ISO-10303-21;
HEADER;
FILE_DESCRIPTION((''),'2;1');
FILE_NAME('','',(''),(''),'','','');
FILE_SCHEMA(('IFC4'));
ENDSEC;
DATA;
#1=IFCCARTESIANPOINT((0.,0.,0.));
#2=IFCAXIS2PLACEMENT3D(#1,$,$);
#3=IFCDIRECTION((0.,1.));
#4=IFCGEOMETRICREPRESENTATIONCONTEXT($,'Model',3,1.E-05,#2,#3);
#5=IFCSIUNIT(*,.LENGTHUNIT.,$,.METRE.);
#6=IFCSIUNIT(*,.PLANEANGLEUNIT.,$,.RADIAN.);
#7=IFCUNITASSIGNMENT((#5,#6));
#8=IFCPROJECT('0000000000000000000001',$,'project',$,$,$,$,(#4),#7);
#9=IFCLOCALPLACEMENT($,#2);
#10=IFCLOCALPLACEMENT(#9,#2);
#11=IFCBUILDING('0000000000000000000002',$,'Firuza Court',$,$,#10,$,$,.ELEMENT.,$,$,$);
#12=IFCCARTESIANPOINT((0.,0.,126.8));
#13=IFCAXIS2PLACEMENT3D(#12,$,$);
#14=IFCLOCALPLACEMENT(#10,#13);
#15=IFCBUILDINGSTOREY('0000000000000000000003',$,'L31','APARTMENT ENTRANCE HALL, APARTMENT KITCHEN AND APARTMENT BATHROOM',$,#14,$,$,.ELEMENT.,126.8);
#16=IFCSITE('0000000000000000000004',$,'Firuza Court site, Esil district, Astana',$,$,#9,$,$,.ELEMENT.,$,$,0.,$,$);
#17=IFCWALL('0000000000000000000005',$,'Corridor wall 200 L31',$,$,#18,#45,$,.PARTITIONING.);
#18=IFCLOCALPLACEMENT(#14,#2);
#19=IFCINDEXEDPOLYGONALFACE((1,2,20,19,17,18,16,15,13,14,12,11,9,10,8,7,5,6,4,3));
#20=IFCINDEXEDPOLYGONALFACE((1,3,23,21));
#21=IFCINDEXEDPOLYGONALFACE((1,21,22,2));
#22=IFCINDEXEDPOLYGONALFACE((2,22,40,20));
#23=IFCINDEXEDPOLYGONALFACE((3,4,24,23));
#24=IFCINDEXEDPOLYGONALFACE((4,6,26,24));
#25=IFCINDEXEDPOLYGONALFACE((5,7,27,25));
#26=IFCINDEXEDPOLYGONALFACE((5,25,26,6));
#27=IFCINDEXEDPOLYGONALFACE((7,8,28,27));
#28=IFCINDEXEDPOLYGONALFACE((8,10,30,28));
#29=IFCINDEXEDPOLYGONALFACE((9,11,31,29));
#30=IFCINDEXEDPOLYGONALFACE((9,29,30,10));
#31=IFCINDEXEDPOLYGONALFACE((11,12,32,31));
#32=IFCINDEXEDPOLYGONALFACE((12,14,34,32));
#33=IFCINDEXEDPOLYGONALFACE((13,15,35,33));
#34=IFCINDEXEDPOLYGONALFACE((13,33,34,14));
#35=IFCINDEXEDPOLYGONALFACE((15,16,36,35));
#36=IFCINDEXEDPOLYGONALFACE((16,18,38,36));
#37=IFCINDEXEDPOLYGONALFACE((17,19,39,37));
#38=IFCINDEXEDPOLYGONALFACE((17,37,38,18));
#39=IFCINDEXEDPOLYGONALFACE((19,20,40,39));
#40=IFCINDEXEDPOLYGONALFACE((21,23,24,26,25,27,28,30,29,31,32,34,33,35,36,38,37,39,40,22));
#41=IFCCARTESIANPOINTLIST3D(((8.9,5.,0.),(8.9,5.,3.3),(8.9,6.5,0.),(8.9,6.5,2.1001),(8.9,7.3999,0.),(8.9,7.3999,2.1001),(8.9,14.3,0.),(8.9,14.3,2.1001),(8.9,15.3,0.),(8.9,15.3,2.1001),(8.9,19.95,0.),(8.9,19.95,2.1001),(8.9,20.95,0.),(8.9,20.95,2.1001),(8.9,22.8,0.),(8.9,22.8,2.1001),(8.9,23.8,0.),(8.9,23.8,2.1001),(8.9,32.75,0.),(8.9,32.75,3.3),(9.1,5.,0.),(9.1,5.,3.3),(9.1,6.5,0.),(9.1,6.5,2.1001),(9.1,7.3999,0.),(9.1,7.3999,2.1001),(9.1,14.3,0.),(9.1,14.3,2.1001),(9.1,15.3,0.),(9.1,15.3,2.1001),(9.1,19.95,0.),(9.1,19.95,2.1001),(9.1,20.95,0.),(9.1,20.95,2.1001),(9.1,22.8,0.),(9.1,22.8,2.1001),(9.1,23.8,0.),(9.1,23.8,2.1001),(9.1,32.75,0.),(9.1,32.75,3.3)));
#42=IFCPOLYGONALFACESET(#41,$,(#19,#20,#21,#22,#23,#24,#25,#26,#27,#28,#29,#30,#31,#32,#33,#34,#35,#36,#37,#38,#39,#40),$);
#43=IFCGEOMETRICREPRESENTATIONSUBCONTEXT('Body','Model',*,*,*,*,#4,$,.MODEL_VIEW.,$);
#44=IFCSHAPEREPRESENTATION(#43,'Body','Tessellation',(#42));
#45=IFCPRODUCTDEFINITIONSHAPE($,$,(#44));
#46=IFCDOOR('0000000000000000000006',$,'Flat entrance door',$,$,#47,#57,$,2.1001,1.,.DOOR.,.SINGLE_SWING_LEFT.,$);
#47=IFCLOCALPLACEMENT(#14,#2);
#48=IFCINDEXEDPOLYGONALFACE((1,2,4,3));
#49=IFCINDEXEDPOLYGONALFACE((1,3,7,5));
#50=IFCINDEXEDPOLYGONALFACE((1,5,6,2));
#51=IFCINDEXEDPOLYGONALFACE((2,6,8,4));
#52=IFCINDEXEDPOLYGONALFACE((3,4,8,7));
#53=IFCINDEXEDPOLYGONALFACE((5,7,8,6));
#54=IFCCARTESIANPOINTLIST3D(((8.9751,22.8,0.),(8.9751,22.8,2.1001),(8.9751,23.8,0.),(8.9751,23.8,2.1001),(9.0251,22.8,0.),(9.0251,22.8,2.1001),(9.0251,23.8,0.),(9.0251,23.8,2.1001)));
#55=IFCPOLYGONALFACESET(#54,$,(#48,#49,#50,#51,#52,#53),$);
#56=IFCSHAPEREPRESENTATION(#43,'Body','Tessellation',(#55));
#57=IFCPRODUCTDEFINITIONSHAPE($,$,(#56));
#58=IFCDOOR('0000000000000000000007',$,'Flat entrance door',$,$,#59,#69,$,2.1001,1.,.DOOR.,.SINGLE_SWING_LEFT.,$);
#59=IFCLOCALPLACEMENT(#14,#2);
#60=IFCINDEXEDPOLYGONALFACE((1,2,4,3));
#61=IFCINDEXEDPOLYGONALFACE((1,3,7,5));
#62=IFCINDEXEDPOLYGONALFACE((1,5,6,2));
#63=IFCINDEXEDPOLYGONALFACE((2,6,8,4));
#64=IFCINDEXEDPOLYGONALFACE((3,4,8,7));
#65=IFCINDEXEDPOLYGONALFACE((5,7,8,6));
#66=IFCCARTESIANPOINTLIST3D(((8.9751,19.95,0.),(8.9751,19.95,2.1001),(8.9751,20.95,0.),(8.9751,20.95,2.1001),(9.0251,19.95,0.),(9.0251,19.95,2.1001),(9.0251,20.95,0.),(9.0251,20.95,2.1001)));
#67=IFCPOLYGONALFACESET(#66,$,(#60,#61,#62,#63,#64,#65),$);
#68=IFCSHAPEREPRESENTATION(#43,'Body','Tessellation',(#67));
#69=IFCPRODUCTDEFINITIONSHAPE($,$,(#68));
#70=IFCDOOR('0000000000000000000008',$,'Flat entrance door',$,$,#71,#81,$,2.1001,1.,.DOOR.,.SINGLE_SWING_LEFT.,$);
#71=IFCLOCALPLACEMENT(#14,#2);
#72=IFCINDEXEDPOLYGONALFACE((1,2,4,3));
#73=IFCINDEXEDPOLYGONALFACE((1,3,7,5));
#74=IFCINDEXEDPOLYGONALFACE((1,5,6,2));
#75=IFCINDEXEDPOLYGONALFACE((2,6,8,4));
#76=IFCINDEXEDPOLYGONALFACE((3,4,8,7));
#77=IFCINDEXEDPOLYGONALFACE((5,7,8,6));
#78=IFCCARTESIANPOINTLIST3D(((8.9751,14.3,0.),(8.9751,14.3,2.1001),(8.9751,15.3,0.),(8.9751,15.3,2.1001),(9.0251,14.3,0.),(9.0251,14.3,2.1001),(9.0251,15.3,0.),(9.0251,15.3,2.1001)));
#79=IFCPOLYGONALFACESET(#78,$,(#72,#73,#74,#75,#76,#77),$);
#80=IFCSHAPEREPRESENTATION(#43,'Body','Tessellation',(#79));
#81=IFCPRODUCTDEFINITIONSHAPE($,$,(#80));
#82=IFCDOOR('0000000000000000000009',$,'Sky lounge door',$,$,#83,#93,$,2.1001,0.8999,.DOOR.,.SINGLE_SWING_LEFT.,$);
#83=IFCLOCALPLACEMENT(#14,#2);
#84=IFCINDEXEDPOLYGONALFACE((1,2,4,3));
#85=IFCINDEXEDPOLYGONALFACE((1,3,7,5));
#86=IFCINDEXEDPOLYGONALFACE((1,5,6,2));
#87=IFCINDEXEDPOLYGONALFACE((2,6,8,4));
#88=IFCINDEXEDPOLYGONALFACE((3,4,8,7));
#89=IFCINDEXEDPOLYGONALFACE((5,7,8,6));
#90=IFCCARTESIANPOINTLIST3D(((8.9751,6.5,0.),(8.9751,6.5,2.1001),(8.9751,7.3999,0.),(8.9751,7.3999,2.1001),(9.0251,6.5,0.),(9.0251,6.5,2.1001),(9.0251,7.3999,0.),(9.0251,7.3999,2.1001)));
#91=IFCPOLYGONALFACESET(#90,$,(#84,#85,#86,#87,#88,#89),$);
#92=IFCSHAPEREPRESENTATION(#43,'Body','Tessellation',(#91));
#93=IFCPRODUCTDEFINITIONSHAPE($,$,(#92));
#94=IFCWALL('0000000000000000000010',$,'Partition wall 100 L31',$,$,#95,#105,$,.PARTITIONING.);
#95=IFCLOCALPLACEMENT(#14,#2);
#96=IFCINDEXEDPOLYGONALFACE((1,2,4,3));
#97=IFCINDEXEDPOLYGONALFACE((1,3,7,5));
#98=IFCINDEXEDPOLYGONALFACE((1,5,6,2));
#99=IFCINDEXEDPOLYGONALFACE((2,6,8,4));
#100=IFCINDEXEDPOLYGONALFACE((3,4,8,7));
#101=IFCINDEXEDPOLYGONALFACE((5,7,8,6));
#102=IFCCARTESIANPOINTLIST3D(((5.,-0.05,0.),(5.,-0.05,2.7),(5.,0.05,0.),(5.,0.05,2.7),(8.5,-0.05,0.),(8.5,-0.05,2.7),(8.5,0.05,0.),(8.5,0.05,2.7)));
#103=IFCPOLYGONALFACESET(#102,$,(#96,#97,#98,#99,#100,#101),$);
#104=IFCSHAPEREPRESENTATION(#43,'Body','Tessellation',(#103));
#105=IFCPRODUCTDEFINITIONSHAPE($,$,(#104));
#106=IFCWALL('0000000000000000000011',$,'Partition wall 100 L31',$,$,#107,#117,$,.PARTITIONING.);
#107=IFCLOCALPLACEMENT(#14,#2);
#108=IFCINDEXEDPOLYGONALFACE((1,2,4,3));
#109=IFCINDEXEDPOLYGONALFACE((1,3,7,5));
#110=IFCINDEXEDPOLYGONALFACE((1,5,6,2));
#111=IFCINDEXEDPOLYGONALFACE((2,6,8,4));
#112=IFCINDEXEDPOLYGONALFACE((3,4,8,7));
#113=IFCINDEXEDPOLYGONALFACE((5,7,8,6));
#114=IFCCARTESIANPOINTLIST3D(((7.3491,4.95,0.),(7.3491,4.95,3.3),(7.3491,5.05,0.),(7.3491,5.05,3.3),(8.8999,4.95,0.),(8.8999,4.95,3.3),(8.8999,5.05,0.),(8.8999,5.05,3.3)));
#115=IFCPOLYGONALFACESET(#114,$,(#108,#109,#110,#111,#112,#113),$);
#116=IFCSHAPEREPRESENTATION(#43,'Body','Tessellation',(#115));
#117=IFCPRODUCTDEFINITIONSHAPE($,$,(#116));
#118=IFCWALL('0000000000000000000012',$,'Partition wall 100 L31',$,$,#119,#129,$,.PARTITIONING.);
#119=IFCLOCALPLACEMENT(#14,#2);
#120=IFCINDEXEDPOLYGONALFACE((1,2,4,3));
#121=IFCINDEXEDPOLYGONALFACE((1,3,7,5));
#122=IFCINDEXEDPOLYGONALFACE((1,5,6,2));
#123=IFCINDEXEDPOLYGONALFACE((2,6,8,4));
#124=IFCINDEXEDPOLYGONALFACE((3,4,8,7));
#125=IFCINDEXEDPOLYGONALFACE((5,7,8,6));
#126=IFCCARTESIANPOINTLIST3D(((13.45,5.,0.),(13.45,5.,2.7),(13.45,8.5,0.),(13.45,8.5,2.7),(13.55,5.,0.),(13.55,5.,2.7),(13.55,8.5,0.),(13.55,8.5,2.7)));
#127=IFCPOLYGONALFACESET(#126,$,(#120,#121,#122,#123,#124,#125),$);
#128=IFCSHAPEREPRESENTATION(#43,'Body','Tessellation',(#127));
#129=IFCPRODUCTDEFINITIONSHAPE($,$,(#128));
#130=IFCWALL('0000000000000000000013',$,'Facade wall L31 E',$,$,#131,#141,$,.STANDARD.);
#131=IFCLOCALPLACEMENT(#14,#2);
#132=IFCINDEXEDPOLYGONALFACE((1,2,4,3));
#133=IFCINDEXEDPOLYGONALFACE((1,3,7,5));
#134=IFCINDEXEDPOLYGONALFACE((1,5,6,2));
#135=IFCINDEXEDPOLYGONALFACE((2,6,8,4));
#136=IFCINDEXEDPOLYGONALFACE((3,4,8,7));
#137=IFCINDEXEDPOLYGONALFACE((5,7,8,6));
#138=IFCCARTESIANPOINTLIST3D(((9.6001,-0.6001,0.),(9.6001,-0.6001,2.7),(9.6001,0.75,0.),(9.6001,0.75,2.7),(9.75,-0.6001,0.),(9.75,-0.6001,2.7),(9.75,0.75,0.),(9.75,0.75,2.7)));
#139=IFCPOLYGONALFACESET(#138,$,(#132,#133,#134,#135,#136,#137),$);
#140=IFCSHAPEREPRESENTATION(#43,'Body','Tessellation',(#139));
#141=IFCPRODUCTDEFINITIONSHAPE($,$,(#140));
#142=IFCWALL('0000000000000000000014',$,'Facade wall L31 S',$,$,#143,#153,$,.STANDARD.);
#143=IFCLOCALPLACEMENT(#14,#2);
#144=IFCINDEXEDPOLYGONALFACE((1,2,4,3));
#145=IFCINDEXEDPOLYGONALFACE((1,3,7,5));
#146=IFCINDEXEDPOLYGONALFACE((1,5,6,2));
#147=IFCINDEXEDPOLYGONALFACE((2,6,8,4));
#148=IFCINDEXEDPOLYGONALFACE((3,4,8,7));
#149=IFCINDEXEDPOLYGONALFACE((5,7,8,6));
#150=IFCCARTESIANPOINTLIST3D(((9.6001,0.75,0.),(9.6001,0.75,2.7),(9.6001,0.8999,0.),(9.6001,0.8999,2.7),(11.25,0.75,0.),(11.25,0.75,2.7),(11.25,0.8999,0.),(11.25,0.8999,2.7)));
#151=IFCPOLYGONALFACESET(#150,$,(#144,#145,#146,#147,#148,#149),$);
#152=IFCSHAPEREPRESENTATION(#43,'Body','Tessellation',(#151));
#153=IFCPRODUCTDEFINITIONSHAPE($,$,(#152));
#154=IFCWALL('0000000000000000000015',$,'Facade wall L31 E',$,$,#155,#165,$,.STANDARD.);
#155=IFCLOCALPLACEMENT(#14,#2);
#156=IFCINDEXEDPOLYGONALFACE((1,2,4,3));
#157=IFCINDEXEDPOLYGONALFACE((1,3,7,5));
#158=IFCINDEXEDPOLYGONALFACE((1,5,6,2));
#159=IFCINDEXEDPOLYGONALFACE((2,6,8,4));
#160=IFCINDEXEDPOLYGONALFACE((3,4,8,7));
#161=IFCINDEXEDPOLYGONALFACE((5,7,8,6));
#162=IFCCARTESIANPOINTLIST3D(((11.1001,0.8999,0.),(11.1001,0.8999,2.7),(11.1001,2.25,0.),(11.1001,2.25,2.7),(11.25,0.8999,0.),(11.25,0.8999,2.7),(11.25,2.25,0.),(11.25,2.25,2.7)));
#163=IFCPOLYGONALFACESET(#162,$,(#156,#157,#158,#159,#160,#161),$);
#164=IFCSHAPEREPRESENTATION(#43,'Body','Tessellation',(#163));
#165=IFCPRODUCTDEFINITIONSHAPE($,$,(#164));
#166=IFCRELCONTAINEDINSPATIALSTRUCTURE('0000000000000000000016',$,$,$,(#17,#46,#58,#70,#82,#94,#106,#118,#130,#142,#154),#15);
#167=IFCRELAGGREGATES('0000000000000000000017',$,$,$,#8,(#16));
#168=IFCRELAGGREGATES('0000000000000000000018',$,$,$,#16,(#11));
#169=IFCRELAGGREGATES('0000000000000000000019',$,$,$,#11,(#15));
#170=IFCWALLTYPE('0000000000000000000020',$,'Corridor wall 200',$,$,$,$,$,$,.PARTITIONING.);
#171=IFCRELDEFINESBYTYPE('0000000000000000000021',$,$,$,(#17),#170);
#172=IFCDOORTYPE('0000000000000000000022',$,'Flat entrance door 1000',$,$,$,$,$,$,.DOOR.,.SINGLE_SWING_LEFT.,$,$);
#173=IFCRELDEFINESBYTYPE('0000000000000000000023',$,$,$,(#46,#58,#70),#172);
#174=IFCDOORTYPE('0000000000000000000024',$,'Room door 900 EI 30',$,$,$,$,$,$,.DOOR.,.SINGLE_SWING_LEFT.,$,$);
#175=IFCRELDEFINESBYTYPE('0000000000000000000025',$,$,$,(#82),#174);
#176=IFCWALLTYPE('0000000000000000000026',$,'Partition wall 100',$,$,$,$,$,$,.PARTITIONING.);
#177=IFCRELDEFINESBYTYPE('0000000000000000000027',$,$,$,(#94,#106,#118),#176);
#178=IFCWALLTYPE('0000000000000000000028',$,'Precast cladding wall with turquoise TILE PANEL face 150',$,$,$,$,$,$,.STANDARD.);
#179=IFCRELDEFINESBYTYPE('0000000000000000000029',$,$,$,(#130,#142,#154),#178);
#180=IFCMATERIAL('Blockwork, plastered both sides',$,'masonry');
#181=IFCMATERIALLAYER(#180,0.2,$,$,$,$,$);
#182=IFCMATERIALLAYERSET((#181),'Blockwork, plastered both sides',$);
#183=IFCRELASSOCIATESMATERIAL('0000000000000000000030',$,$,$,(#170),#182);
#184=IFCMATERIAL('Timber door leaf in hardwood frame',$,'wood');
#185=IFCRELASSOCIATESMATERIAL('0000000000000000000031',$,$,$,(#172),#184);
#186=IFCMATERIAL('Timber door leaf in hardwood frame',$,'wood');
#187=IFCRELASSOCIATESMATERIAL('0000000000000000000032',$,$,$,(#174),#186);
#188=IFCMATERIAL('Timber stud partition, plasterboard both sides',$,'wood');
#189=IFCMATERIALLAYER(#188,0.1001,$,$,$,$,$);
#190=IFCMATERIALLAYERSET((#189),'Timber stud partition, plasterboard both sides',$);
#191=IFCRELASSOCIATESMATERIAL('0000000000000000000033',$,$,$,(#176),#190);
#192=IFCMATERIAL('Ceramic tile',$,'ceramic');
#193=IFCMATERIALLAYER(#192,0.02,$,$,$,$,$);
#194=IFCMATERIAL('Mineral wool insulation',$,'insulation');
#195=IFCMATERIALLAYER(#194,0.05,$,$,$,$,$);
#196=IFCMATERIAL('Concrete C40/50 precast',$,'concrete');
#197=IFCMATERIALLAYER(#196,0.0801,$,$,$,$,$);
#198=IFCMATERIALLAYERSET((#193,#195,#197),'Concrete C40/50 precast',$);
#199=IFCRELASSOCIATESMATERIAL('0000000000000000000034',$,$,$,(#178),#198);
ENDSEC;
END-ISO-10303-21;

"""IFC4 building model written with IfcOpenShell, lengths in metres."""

from ifc_helpers import new_model, si_unit, direction, frame, frame_2d, origin, place, context, subcontext, project, spatial, rectangle, extrude, material, layer, layer_set, type_object, element, fill, save


model = new_model("IFC4")

# Units and contexts
model_context = context("Model", 3, precision=1e-05, world=origin(), true_north=direction((0.0, 1.0)))
body_context = subcontext(model_context, "Body", "Model", "MODEL_VIEW")
ifc_project = project(units=[si_unit("LENGTHUNIT", "METRE"), si_unit("PLANEANGLEUNIT", "RADIAN")], contexts=[model_context])

# Site, building, storey
site_placement = place(None, origin())
site = spatial("IfcSite", under=ifc_project, at=site_placement, Name="Firuza Court site, Esil district, Astana", CompositionType="ELEMENT", RefElevation=0.0)
building_placement = place(site_placement, origin())
building = spatial("IfcBuilding", under=site, at=building_placement, Name="Firuza Court", CompositionType="ELEMENT")
storey_placement = place(building_placement, frame((0.0, 0.0, 126.8)))
storey = spatial("IfcBuildingStorey", under=building, at=storey_placement, Name="L31", Description="APARTMENT ENTRANCE HALL, APARTMENT KITCHEN AND APARTMENT BATHROOM", CompositionType="ELEMENT", Elevation=126.8)

# Wall, openings, doors
ifc_material_1 = material(Name="Blockwork, plastered both sides", Category="masonry")
ifc_layer_1 = layer(ifc_material_1, 0.2)
ifc_layer_set_1 = layer_set([ifc_layer_1], Name="Blockwork, plastered both sides")
wall_type_1 = type_object("IfcWallType", Name="Corridor wall 200", PredefinedType="PARTITIONING", material=ifc_layer_set_1)
wall_1_placement = place(storey_placement, frame((9.0, 5.0, 0.0), z_axis=(0.0, 0.0, 1.0), x_axis=(0.0, 1.0, 0.0)))
wall_1 = element("IfcWall", 1, at=wall_1_placement, inside=storey, type_object=wall_type_1, Name="Corridor wall 200 L31", PredefinedType="PARTITIONING", context=body_context, shape_type="SweptSolid", body=[
    extrude(rectangle(XDim=27.75, YDim=0.2, at=frame_2d((13.875, 0.0))), origin(), (0.0, 0.0, 1.0), 3.3),
])
opening_1_placement = place(wall_1_placement, frame((17.8, 0.0, 0.0)))
opening_1 = element("IfcOpeningElement", 2, at=opening_1_placement, cuts=wall_1, PredefinedType="OPENING", context=body_context, shape_type="SweptSolid", body=[
    extrude(rectangle(XDim=1.0, YDim=2.1001, at=frame_2d((0.5, 1.05))), frame((0.0, 0.1118, 0.0), z_axis=(0.0, -1.0, 0.0), x_axis=(1.0, 0.0, 0.0)), (0.0, 0.0, 1.0), 0.2239),
])
opening_2_placement = place(wall_1_placement, frame((14.95, 0.0, 0.0)))
opening_2 = element("IfcOpeningElement", 3, at=opening_2_placement, cuts=wall_1, PredefinedType="OPENING", context=body_context, shape_type="SweptSolid", body=[
    extrude(rectangle(XDim=1.0, YDim=2.1001, at=frame_2d((0.5, 1.05))), frame((0.0, 0.1118, 0.0), z_axis=(0.0, -1.0, 0.0), x_axis=(1.0, 0.0, 0.0)), (0.0, 0.0, 1.0), 0.2239),
])
opening_3_placement = place(wall_1_placement, frame((9.3, 0.0, 0.0)))
opening_3 = element("IfcOpeningElement", 4, at=opening_3_placement, cuts=wall_1, PredefinedType="OPENING", context=body_context, shape_type="SweptSolid", body=[
    extrude(rectangle(XDim=1.0, YDim=2.1001, at=frame_2d((0.5, 1.05))), frame((0.0, 0.1118, 0.0), z_axis=(0.0, -1.0, 0.0), x_axis=(1.0, 0.0, 0.0)), (0.0, 0.0, 1.0), 0.2239),
])
opening_4_placement = place(wall_1_placement, frame((1.5, 0.0, 0.0)))
opening_4 = element("IfcOpeningElement", 5, at=opening_4_placement, cuts=wall_1, PredefinedType="OPENING", context=body_context, shape_type="SweptSolid", body=[
    extrude(rectangle(XDim=0.8999, YDim=2.1001, at=frame_2d((0.45, 1.05))), frame((0.0, 0.1118, 0.0), z_axis=(0.0, -1.0, 0.0), x_axis=(1.0, 0.0, 0.0)), (0.0, 0.0, 1.0), 0.2239),
])
ifc_material_2 = material(Name="Timber door leaf in hardwood frame", Category="wood")
door_type_1 = type_object("IfcDoorType", Name="Flat entrance door 1000", OperationType="SINGLE_SWING_LEFT", PredefinedType="DOOR", material=ifc_material_2)
door_1_placement = place(opening_1_placement, origin())
door_1 = element("IfcDoor", 6, at=door_1_placement, inside=storey, type_object=door_type_1, Name="Flat entrance door", OperationType="SINGLE_SWING_LEFT", OverallHeight=2.1001, OverallWidth=1.0, PredefinedType="DOOR", context=body_context, shape_type="SweptSolid", body=[
    extrude(rectangle(XDim=1.0, YDim=2.1001, at=frame_2d((0.5, 1.05))), frame((0.0, 0.0249, 0.0), z_axis=(0.0, -1.0, 0.0), x_axis=(1.0, 0.0, 0.0)), (0.0, 0.0, 1.0), 0.05),
])
fill(opening_1, door_1)
door_2_placement = place(opening_2_placement, origin())
door_2 = element("IfcDoor", 7, at=door_2_placement, inside=storey, type_object=door_type_1, Name="Flat entrance door", OperationType="SINGLE_SWING_LEFT", OverallHeight=2.1001, OverallWidth=1.0, PredefinedType="DOOR", context=body_context, shape_type="SweptSolid", body=[
    extrude(rectangle(XDim=1.0, YDim=2.1001, at=frame_2d((0.5, 1.05))), frame((0.0, 0.0249, 0.0), z_axis=(0.0, -1.0, 0.0), x_axis=(1.0, 0.0, 0.0)), (0.0, 0.0, 1.0), 0.05),
])
fill(opening_2, door_2)
door_3_placement = place(opening_3_placement, origin())
door_3 = element("IfcDoor", 8, at=door_3_placement, inside=storey, type_object=door_type_1, Name="Flat entrance door", OperationType="SINGLE_SWING_LEFT", OverallHeight=2.1001, OverallWidth=1.0, PredefinedType="DOOR", context=body_context, shape_type="SweptSolid", body=[
    extrude(rectangle(XDim=1.0, YDim=2.1001, at=frame_2d((0.5, 1.05))), frame((0.0, 0.0249, 0.0), z_axis=(0.0, -1.0, 0.0), x_axis=(1.0, 0.0, 0.0)), (0.0, 0.0, 1.0), 0.05),
])
fill(opening_3, door_3)
ifc_material_3 = material(Name="Timber door leaf in hardwood frame", Category="wood")
door_type_2 = type_object("IfcDoorType", Name="Room door 900 EI 30", OperationType="SINGLE_SWING_LEFT", PredefinedType="DOOR", material=ifc_material_3)
door_4_placement = place(opening_4_placement, origin())
door_4 = element("IfcDoor", 9, at=door_4_placement, inside=storey, type_object=door_type_2, Name="Sky lounge door", OperationType="SINGLE_SWING_LEFT", OverallHeight=2.1001, OverallWidth=0.8999, PredefinedType="DOOR", context=body_context, shape_type="SweptSolid", body=[
    extrude(rectangle(XDim=0.8999, YDim=2.1001, at=frame_2d((0.45, 1.05))), frame((0.0, 0.0249, 0.0), z_axis=(0.0, -1.0, 0.0), x_axis=(1.0, 0.0, 0.0)), (0.0, 0.0, 1.0), 0.05),
])
fill(opening_4, door_4)

# Walls
ifc_material_4 = material(Name="Timber stud partition, plasterboard both sides", Category="wood")
ifc_layer_2 = layer(ifc_material_4, 0.1001)
ifc_layer_set_2 = layer_set([ifc_layer_2], Name="Timber stud partition, plasterboard both sides")
wall_type_2 = type_object("IfcWallType", Name="Partition wall 100", PredefinedType="PARTITIONING", material=ifc_layer_set_2)
wall_2_placement = place(storey_placement, frame((5.0, 0.0, 0.0), z_axis=(0.0, 0.0, 1.0), x_axis=(1.0, 0.0, 0.0)))
element("IfcWall", 10, at=wall_2_placement, inside=storey, type_object=wall_type_2, Name="Partition wall 100 L31", PredefinedType="PARTITIONING", context=body_context, shape_type="SweptSolid", body=[
    extrude(rectangle(XDim=3.5, YDim=0.1001, at=frame_2d((1.75, 0.0))), origin(), (0.0, 0.0, 1.0), 2.7),
])
wall_3_placement = place(storey_placement, frame((7.3491, 5.0, 0.0), z_axis=(0.0, 0.0, 1.0), x_axis=(1.0, 0.0, 0.0)))
element("IfcWall", 11, at=wall_3_placement, inside=storey, type_object=wall_type_2, Name="Partition wall 100 L31", PredefinedType="PARTITIONING", context=body_context, shape_type="SweptSolid", body=[
    extrude(rectangle(XDim=1.5508, YDim=0.1001, at=frame_2d((0.7754, 0.0))), origin(), (0.0, 0.0, 1.0), 3.3),
])
wall_4_placement = place(storey_placement, frame((13.5, 5.0, 0.0), z_axis=(0.0, 0.0, 1.0), x_axis=(0.0, 1.0, 0.0)))
element("IfcWall", 12, at=wall_4_placement, inside=storey, type_object=wall_type_2, Name="Partition wall 100 L31", PredefinedType="PARTITIONING", context=body_context, shape_type="SweptSolid", body=[
    extrude(rectangle(XDim=3.5, YDim=0.1001, at=frame_2d((1.75, 0.0))), origin(), (0.0, 0.0, 1.0), 2.7),
])
ifc_material_5 = material(Name="Ceramic tile", Category="ceramic")
ifc_layer_3 = layer(ifc_material_5, 0.02)
ifc_material_6 = material(Name="Mineral wool insulation", Category="insulation")
ifc_layer_4 = layer(ifc_material_6, 0.05)
ifc_material_7 = material(Name="Concrete C40/50 precast", Category="concrete")
ifc_layer_5 = layer(ifc_material_7, 0.0801)
ifc_layer_set_3 = layer_set([ifc_layer_3, ifc_layer_4, ifc_layer_5], Name="Concrete C40/50 precast")
wall_type_3 = type_object("IfcWallType", Name="Precast cladding wall with turquoise TILE PANEL face 150", PredefinedType="STANDARD", material=ifc_layer_set_3)
wall_5_placement = place(storey_placement, frame((9.675, -0.6001, 0.0), z_axis=(0.0, 0.0, 1.0), x_axis=(0.0, 1.0, 0.0)))
element("IfcWall", 13, at=wall_5_placement, inside=storey, type_object=wall_type_3, Name="Facade wall L31 E", PredefinedType="STANDARD", context=body_context, shape_type="SweptSolid", body=[
    extrude(rectangle(XDim=1.3501, YDim=0.1499, at=frame_2d((0.675, 0.0))), origin(), (0.0, 0.0, 1.0), 2.7),
])
wall_6_placement = place(storey_placement, frame((9.6001, 0.825, 0.0), z_axis=(0.0, 0.0, 1.0), x_axis=(1.0, 0.0, 0.0)))
element("IfcWall", 14, at=wall_6_placement, inside=storey, type_object=wall_type_3, Name="Facade wall L31 S", PredefinedType="STANDARD", context=body_context, shape_type="SweptSolid", body=[
    extrude(rectangle(XDim=1.6499, YDim=0.1499, at=frame_2d((0.825, 0.0))), origin(), (0.0, 0.0, 1.0), 2.7),
])
wall_7_placement = place(storey_placement, frame((11.175, 0.8999, 0.0), z_axis=(0.0, 0.0, 1.0), x_axis=(0.0, 1.0, 0.0)))
element("IfcWall", 15, at=wall_7_placement, inside=storey, type_object=wall_type_3, Name="Facade wall L31 E", PredefinedType="STANDARD", context=body_context, shape_type="SweptSolid", body=[
    extrude(rectangle(XDim=1.3501, YDim=0.1499, at=frame_2d((0.675, 0.0))), origin(), (0.0, 0.0, 1.0), 2.7),
])

save(model, "model.ifc")
